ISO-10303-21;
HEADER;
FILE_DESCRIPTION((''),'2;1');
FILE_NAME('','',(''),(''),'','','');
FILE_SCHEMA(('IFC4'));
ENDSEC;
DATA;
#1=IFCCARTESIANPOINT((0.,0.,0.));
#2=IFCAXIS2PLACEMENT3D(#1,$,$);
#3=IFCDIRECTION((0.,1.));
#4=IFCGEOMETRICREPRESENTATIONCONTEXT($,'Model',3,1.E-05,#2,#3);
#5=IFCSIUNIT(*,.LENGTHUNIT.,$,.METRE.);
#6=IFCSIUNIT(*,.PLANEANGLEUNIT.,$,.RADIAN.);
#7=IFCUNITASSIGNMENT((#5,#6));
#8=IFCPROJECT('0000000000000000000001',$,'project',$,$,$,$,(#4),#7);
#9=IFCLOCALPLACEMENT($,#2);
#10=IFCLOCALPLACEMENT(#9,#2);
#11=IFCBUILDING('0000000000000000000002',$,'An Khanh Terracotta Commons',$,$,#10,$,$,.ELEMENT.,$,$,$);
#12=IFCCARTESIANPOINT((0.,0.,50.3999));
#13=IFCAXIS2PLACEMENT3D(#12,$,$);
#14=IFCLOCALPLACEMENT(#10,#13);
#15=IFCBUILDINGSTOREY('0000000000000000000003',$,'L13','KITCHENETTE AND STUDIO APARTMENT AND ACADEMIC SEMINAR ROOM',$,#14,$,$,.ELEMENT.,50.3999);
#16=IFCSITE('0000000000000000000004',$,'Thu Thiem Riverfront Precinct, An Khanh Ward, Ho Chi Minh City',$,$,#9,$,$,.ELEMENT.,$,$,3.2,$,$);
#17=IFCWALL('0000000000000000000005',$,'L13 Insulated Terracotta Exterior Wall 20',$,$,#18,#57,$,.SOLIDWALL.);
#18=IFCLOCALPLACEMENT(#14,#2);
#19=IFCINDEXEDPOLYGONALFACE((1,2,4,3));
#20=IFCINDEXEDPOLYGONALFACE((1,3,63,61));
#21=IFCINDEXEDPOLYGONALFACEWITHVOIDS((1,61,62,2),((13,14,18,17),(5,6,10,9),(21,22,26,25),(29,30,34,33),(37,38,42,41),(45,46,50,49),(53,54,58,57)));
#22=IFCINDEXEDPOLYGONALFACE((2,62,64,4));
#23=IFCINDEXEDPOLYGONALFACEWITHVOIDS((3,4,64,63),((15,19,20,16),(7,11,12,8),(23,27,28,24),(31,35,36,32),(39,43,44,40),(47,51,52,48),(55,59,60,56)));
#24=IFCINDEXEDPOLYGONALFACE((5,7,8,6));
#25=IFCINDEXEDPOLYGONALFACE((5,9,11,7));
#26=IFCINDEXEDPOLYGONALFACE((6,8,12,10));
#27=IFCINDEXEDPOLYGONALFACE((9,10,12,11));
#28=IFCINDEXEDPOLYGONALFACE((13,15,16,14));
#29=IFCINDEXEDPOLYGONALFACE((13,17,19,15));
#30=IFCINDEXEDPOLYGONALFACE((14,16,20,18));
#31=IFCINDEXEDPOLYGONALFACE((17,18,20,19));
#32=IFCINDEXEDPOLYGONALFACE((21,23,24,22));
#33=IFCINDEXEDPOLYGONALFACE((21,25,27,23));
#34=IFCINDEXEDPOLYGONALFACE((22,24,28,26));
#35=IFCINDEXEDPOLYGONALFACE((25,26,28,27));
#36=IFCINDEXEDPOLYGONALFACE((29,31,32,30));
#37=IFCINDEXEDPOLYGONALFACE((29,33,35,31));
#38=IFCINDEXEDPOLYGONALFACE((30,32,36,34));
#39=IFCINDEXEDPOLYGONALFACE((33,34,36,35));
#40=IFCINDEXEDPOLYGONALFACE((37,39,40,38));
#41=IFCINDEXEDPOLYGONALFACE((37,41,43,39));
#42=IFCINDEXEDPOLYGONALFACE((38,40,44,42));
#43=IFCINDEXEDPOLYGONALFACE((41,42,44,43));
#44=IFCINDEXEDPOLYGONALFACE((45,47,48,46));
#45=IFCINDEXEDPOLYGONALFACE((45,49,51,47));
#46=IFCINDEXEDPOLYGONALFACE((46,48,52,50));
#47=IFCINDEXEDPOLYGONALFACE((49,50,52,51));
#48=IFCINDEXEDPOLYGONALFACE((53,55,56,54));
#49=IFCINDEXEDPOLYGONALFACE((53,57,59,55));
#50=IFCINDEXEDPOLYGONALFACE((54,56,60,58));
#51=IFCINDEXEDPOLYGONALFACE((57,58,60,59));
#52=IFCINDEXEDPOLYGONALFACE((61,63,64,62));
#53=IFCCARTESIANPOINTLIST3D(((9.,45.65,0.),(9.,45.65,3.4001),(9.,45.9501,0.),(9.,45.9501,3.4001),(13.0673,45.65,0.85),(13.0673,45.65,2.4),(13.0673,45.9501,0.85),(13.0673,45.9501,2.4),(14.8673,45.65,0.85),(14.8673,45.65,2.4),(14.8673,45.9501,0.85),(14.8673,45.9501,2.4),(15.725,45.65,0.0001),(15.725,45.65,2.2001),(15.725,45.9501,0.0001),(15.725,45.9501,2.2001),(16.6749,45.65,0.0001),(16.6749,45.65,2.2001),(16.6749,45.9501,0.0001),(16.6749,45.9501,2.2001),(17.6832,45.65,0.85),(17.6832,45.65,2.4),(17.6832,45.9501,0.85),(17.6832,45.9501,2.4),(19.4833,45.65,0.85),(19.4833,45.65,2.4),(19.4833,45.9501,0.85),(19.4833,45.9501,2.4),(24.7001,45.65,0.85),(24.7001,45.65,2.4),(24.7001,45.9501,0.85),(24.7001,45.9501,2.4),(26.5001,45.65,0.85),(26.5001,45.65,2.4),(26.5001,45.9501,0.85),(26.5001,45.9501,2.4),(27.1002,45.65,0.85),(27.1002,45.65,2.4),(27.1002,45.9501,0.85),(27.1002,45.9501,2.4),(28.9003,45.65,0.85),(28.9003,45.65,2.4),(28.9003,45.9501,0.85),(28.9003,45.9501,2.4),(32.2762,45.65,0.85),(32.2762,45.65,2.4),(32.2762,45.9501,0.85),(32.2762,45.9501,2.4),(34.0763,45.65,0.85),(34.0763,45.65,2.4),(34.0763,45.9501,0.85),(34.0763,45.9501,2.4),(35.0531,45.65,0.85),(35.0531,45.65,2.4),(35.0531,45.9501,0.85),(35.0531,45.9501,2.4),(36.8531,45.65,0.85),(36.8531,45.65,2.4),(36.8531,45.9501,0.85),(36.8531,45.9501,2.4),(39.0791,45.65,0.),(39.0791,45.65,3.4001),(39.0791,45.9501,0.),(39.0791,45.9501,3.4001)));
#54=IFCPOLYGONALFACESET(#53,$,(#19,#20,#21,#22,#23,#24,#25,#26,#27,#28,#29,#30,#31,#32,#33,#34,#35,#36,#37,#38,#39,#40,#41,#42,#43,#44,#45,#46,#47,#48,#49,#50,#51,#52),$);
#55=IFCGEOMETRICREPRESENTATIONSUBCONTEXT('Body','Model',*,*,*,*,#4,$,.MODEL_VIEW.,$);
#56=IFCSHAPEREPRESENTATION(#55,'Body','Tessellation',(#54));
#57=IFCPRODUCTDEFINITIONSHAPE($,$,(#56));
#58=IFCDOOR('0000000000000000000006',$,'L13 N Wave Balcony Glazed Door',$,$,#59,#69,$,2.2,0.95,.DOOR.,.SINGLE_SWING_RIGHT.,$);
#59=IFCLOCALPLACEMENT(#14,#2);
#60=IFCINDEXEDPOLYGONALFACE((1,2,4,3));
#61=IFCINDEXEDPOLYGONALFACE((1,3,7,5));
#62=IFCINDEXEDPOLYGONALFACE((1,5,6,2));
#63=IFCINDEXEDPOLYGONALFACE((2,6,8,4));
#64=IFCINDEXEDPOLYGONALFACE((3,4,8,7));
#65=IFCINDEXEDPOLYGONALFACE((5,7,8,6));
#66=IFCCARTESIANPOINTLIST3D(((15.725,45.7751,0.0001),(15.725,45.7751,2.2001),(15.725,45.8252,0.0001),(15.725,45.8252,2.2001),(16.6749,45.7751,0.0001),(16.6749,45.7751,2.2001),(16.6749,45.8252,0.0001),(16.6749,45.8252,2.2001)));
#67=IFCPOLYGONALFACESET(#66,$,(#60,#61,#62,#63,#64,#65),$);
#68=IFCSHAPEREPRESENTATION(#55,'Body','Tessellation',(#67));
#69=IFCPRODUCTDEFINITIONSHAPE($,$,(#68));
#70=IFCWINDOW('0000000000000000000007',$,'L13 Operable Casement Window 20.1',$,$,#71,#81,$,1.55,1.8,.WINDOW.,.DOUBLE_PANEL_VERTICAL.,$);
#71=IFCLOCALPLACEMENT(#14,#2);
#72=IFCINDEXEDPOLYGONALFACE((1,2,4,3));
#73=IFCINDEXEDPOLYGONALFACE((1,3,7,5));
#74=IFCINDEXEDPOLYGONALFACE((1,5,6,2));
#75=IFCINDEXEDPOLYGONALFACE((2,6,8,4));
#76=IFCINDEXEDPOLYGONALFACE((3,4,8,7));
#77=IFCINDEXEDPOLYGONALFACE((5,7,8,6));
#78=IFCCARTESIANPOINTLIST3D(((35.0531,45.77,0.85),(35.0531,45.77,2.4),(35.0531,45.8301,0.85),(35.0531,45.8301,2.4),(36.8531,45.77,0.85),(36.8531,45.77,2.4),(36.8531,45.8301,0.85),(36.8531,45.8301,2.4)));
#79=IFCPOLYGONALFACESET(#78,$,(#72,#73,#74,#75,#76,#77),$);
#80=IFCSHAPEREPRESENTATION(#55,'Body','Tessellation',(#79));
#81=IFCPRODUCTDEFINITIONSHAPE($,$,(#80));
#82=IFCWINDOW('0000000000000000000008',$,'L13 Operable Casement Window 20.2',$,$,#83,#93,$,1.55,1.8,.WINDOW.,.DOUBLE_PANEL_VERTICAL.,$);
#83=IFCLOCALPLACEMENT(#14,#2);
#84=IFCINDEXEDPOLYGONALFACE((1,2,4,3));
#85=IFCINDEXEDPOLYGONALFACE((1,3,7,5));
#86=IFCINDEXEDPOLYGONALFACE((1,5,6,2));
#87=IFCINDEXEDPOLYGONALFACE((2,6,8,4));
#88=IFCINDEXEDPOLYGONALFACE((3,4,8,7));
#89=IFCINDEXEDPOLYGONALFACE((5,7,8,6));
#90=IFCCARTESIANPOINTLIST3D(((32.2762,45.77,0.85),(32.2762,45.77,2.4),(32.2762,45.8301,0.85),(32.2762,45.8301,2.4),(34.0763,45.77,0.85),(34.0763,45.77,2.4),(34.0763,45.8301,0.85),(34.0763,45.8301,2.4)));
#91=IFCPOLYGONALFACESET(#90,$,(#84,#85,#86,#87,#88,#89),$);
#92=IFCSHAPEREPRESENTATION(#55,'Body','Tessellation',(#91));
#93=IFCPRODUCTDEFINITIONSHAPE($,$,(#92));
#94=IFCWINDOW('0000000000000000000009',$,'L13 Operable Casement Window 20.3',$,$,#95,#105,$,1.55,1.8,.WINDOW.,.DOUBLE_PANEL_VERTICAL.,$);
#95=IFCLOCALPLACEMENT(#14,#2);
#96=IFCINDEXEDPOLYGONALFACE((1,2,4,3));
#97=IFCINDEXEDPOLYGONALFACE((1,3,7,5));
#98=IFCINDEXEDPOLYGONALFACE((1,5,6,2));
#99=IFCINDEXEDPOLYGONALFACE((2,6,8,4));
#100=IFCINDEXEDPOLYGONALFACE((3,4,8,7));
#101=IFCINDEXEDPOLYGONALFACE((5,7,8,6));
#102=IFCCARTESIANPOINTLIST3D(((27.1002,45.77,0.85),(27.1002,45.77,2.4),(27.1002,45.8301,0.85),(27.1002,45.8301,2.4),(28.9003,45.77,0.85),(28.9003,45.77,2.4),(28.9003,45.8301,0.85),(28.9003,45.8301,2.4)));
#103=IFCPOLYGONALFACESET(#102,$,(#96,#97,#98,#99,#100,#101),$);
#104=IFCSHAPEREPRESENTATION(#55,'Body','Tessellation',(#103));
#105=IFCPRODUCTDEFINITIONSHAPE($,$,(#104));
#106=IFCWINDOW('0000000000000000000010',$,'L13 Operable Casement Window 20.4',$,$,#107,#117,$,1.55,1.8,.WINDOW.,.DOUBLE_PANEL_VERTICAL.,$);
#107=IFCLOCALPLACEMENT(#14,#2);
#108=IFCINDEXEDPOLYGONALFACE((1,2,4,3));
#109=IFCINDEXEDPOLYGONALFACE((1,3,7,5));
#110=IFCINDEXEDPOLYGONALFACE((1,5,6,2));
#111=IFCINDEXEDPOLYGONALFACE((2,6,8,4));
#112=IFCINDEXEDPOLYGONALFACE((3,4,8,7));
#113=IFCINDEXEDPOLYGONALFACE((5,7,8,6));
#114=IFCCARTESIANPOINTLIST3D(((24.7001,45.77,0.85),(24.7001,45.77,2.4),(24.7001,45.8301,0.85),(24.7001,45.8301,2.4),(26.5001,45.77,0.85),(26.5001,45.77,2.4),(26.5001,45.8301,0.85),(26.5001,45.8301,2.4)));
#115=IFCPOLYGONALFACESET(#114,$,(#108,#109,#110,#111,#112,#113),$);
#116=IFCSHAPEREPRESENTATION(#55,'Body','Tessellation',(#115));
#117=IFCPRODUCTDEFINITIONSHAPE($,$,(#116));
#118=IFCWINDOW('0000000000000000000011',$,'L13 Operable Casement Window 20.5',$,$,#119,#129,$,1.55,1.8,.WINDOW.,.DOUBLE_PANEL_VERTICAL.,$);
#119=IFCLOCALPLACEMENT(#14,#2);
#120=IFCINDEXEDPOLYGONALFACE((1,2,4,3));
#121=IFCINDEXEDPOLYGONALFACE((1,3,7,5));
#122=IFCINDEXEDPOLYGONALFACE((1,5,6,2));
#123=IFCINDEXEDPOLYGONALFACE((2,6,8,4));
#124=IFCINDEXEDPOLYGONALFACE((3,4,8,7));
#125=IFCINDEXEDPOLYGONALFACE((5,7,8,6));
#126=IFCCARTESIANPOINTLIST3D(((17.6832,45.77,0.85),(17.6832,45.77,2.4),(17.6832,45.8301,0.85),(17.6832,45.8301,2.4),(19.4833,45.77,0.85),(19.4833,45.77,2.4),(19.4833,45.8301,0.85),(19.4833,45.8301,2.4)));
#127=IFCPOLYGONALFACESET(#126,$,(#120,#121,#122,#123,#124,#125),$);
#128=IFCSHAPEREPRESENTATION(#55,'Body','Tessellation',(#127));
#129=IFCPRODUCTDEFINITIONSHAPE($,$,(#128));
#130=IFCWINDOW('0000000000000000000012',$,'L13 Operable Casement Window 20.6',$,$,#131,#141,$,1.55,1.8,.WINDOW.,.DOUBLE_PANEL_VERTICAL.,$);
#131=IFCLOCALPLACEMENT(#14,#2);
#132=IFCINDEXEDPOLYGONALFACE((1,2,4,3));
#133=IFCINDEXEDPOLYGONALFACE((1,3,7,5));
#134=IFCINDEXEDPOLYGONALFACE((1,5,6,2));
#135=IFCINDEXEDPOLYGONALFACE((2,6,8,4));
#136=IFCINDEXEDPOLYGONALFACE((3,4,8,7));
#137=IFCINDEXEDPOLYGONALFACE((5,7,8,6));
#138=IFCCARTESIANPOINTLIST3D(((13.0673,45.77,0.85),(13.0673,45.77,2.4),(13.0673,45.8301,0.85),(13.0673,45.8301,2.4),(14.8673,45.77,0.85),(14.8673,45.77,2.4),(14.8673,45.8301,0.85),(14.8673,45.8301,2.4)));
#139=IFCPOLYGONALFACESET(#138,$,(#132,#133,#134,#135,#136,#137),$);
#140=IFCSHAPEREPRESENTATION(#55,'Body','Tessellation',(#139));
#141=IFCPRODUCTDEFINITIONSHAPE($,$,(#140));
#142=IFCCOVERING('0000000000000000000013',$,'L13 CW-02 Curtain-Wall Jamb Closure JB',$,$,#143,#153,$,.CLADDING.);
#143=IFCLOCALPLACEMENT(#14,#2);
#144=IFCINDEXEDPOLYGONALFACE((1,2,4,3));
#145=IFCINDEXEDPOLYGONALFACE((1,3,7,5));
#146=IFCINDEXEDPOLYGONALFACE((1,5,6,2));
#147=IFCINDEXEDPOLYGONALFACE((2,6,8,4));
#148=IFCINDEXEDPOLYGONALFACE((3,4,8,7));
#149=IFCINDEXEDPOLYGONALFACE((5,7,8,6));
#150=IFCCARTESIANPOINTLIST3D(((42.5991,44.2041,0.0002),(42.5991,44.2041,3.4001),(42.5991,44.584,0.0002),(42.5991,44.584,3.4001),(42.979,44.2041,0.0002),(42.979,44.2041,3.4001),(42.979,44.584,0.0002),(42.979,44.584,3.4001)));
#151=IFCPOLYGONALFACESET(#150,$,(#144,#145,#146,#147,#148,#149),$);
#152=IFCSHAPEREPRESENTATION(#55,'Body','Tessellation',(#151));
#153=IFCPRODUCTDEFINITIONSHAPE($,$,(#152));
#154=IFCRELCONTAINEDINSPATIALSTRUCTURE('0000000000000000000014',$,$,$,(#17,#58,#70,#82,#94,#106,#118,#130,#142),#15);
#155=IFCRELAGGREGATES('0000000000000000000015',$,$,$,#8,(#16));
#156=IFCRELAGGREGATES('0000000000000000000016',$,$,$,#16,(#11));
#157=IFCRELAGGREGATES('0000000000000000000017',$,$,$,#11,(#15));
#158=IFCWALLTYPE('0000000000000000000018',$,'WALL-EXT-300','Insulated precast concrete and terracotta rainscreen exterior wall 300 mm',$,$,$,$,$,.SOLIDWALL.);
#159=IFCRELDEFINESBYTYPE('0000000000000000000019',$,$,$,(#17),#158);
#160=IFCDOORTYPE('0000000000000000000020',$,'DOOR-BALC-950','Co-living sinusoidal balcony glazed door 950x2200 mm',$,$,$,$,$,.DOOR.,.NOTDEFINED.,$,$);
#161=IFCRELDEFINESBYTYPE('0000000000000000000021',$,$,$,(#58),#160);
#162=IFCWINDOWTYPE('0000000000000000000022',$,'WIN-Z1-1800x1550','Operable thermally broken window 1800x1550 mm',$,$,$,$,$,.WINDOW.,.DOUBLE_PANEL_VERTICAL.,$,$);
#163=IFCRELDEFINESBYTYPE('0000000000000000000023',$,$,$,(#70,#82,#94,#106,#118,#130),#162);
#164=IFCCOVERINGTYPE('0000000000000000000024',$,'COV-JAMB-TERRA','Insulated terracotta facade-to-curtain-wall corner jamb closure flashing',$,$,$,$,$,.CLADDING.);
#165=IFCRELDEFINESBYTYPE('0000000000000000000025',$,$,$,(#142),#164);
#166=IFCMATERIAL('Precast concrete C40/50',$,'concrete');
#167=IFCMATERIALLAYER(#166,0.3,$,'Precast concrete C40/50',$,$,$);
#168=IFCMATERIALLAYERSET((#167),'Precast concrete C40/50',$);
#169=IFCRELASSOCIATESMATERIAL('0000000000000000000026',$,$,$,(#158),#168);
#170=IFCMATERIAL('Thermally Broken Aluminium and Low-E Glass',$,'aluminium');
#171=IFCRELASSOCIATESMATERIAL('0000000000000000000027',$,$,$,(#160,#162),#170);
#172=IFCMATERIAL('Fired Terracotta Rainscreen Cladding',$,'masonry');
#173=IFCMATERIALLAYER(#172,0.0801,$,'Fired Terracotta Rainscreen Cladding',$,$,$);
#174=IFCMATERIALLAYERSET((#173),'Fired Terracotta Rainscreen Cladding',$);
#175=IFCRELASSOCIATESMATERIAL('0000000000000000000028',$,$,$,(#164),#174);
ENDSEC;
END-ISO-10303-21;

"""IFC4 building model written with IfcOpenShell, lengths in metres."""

from ifc_helpers import new_model, si_unit, direction, frame, frame_2d, origin, origin_2d, place, context, subcontext, project, spatial, rectangle, extrude, material, layer, layer_set, type_object, element, fill, save


model = new_model("IFC4")

# Units and contexts
model_context = context("Model", 3, precision=1e-05, world=origin(), true_north=direction((0.0, 1.0)))
body_context = subcontext(model_context, "Body", "Model", "MODEL_VIEW")
ifc_project = project(units=[si_unit("LENGTHUNIT", "METRE"), si_unit("PLANEANGLEUNIT", "RADIAN")], contexts=[model_context])

# Site, building, storey
site_placement = place(None, origin())
site = spatial("IfcSite", under=ifc_project, at=site_placement, Name="Thu Thiem Riverfront Precinct, An Khanh Ward, Ho Chi Minh City", CompositionType="ELEMENT", RefElevation=3.2)
building_placement = place(site_placement, origin())
building = spatial("IfcBuilding", under=site, at=building_placement, Name="An Khanh Terracotta Commons", CompositionType="ELEMENT")
storey_placement = place(building_placement, frame((0.0, 0.0, 50.3999)))
storey = spatial("IfcBuildingStorey", under=building, at=storey_placement, Name="L13", Description="KITCHENETTE AND STUDIO APARTMENT AND ACADEMIC SEMINAR ROOM", CompositionType="ELEMENT", Elevation=50.3999)

# Shared definitions
ifc_material_1 = material(Name="Precast concrete C40/50", Category="concrete")
ifc_layer_1 = layer(ifc_material_1, 0.3, Name="Precast concrete C40/50")
ifc_layer_set_1 = layer_set([ifc_layer_1], Name="Precast concrete C40/50")
wall_type = type_object("IfcWallType", Name="WALL-EXT-300", Description="Insulated precast concrete and terracotta rainscreen exterior wall 300 mm", PredefinedType="SOLIDWALL", material=ifc_layer_set_1)

# Wall, openings, door, windows
wall_1_placement = place(storey_placement, frame((39.0791, 45.8, 0.0), z_axis=(0.0, 0.0, 1.0), x_axis=(-1.0, 0.0, 0.0)))
wall_1 = element("IfcWall", 1, at=wall_1_placement, inside=storey, type_object=wall_type, Name="L13 Insulated Terracotta Exterior Wall 20", PredefinedType="SOLIDWALL", context=body_context, shape_type="SweptSolid", body=[
    extrude(rectangle(XDim=30.0791, YDim=0.3, at=frame_2d((15.0396, 0.0))), origin(), (0.0, 0.0, 1.0), 3.4001),
])
opening_1_placement = place(wall_1_placement, frame((22.4041, 0.0, 0.0)))
opening_1 = element("IfcOpeningElement", 2, at=opening_1_placement, cuts=wall_1, PredefinedType="OPENING", context=body_context, shape_type="SweptSolid", body=[
    extrude(rectangle(XDim=0.95, YDim=2.2, at=frame_2d((0.4751, 1.1001))), frame((0.0, 0.1599, 0.0), z_axis=(0.0, -1.0, 0.0), x_axis=(1.0, 0.0, 0.0)), (0.0, 0.0, 1.0), 0.3201),
])
opening_2_placement = place(wall_1_placement, frame((2.2261, 0.0, 0.8501)))
opening_2 = element("IfcOpeningElement", 3, at=opening_2_placement, cuts=wall_1, PredefinedType="OPENING", context=body_context, shape_type="SweptSolid", body=[
    extrude(rectangle(XDim=1.8, YDim=1.55, at=frame_2d((0.8999, 0.7749))), frame((0.0, 0.1599, 0.0), z_axis=(0.0, -1.0, 0.0), x_axis=(1.0, 0.0, 0.0)), (0.0, 0.0, 1.0), 0.3201),
])
opening_3_placement = place(wall_1_placement, frame((5.0029, 0.0, 0.8501)))
opening_3 = element("IfcOpeningElement", 4, at=opening_3_placement, cuts=wall_1, PredefinedType="OPENING", context=body_context, shape_type="SweptSolid", body=[
    extrude(rectangle(XDim=1.8, YDim=1.55, at=frame_2d((0.8999, 0.7749))), frame((0.0, 0.1599, 0.0), z_axis=(0.0, -1.0, 0.0), x_axis=(1.0, 0.0, 0.0)), (0.0, 0.0, 1.0), 0.3201),
])
opening_4_placement = place(wall_1_placement, frame((10.179, 0.0, 0.8501)))
opening_4 = element("IfcOpeningElement", 5, at=opening_4_placement, cuts=wall_1, PredefinedType="OPENING", context=body_context, shape_type="SweptSolid", body=[
    extrude(rectangle(XDim=1.8, YDim=1.55, at=frame_2d((0.8999, 0.7749))), frame((0.0, 0.1599, 0.0), z_axis=(0.0, -1.0, 0.0), x_axis=(1.0, 0.0, 0.0)), (0.0, 0.0, 1.0), 0.3201),
])
opening_5_placement = place(wall_1_placement, frame((12.5791, 0.0, 0.8501)))
opening_5 = element("IfcOpeningElement", 6, at=opening_5_placement, cuts=wall_1, PredefinedType="OPENING", context=body_context, shape_type="SweptSolid", body=[
    extrude(rectangle(XDim=1.8, YDim=1.55, at=frame_2d((0.8999, 0.7749))), frame((0.0, 0.1599, 0.0), z_axis=(0.0, -1.0, 0.0), x_axis=(1.0, 0.0, 0.0)), (0.0, 0.0, 1.0), 0.3201),
])
opening_6_placement = place(wall_1_placement, frame((19.5959, 0.0, 0.8501)))
opening_6 = element("IfcOpeningElement", 7, at=opening_6_placement, cuts=wall_1, PredefinedType="OPENING", context=body_context, shape_type="SweptSolid", body=[
    extrude(rectangle(XDim=1.8, YDim=1.55, at=frame_2d((0.8999, 0.7749))), frame((0.0, 0.1599, 0.0), z_axis=(0.0, -1.0, 0.0), x_axis=(1.0, 0.0, 0.0)), (0.0, 0.0, 1.0), 0.3201),
])
opening_7_placement = place(wall_1_placement, frame((24.2119, 0.0, 0.8501)))
opening_7 = element("IfcOpeningElement", 8, at=opening_7_placement, cuts=wall_1, PredefinedType="OPENING", context=body_context, shape_type="SweptSolid", body=[
    extrude(rectangle(XDim=1.8, YDim=1.55, at=frame_2d((0.8999, 0.7749))), frame((0.0, 0.1599, 0.0), z_axis=(0.0, -1.0, 0.0), x_axis=(1.0, 0.0, 0.0)), (0.0, 0.0, 1.0), 0.3201),
])
ifc_material_2 = material(Name="Thermally Broken Aluminium and Low-E Glass", Category="aluminium")
door_type = type_object("IfcDoorType", Name="DOOR-BALC-950", Description="Co-living sinusoidal balcony glazed door 950x2200 mm", OperationType="NOTDEFINED", PredefinedType="DOOR", material=ifc_material_2)
door_placement = place(opening_1_placement, origin())
door = element("IfcDoor", 9, at=door_placement, inside=storey, type_object=door_type, Name="L13 N Wave Balcony Glazed Door", OperationType="SINGLE_SWING_RIGHT", OverallHeight=2.2, OverallWidth=0.95, PredefinedType="DOOR", context=body_context, shape_type="SweptSolid", body=[
    extrude(rectangle(XDim=0.95, YDim=2.2, at=frame_2d((0.4751, 1.1001))), frame((0.0, 0.0249, 0.0), z_axis=(0.0, -1.0, 0.0), x_axis=(1.0, 0.0, 0.0)), (0.0, 0.0, 1.0), 0.05),
])
fill(opening_1, door)
window_type = type_object("IfcWindowType", Name="WIN-Z1-1800x1550", Description="Operable thermally broken window 1800x1550 mm", PartitioningType="DOUBLE_PANEL_VERTICAL", PredefinedType="WINDOW", material=ifc_material_2)
window_1_placement = place(opening_2_placement, origin())
window_1 = element("IfcWindow", 10, at=window_1_placement, inside=storey, type_object=window_type, Name="L13 Operable Casement Window 20.1", OverallHeight=1.55, OverallWidth=1.8, PartitioningType="DOUBLE_PANEL_VERTICAL", PredefinedType="WINDOW", context=body_context, shape_type="SweptSolid", body=[
    extrude(rectangle(XDim=1.8, YDim=1.55, at=frame_2d((0.8999, 0.7749))), frame((0.0, 0.03, 0.0), z_axis=(0.0, -1.0, 0.0), x_axis=(1.0, 0.0, 0.0)), (0.0, 0.0, 1.0), 0.0601),
])
fill(opening_2, window_1)
window_2_placement = place(opening_3_placement, origin())
window_2 = element("IfcWindow", 11, at=window_2_placement, inside=storey, type_object=window_type, Name="L13 Operable Casement Window 20.2", OverallHeight=1.55, OverallWidth=1.8, PartitioningType="DOUBLE_PANEL_VERTICAL", PredefinedType="WINDOW", context=body_context, shape_type="SweptSolid", body=[
    extrude(rectangle(XDim=1.8, YDim=1.55, at=frame_2d((0.8999, 0.7749))), frame((0.0, 0.03, 0.0), z_axis=(0.0, -1.0, 0.0), x_axis=(1.0, 0.0, 0.0)), (0.0, 0.0, 1.0), 0.0601),
])
fill(opening_3, window_2)
window_3_placement = place(opening_4_placement, origin())
window_3 = element("IfcWindow", 12, at=window_3_placement, inside=storey, type_object=window_type, Name="L13 Operable Casement Window 20.3", OverallHeight=1.55, OverallWidth=1.8, PartitioningType="DOUBLE_PANEL_VERTICAL", PredefinedType="WINDOW", context=body_context, shape_type="SweptSolid", body=[
    extrude(rectangle(XDim=1.8, YDim=1.55, at=frame_2d((0.8999, 0.7749))), frame((0.0, 0.03, 0.0), z_axis=(0.0, -1.0, 0.0), x_axis=(1.0, 0.0, 0.0)), (0.0, 0.0, 1.0), 0.0601),
])
fill(opening_4, window_3)
window_4_placement = place(opening_5_placement, origin())
window_4 = element("IfcWindow", 13, at=window_4_placement, inside=storey, type_object=window_type, Name="L13 Operable Casement Window 20.4", OverallHeight=1.55, OverallWidth=1.8, PartitioningType="DOUBLE_PANEL_VERTICAL", PredefinedType="WINDOW", context=body_context, shape_type="SweptSolid", body=[
    extrude(rectangle(XDim=1.8, YDim=1.55, at=frame_2d((0.8999, 0.7749))), frame((0.0, 0.03, 0.0), z_axis=(0.0, -1.0, 0.0), x_axis=(1.0, 0.0, 0.0)), (0.0, 0.0, 1.0), 0.0601),
])
fill(opening_5, window_4)
window_5_placement = place(opening_6_placement, origin())
window_5 = element("IfcWindow", 14, at=window_5_placement, inside=storey, type_object=window_type, Name="L13 Operable Casement Window 20.5", OverallHeight=1.55, OverallWidth=1.8, PartitioningType="DOUBLE_PANEL_VERTICAL", PredefinedType="WINDOW", context=body_context, shape_type="SweptSolid", body=[
    extrude(rectangle(XDim=1.8, YDim=1.55, at=frame_2d((0.8999, 0.7749))), frame((0.0, 0.03, 0.0), z_axis=(0.0, -1.0, 0.0), x_axis=(1.0, 0.0, 0.0)), (0.0, 0.0, 1.0), 0.0601),
])
fill(opening_6, window_5)
window_6_placement = place(opening_7_placement, origin())
window_6 = element("IfcWindow", 15, at=window_6_placement, inside=storey, type_object=window_type, Name="L13 Operable Casement Window 20.6", OverallHeight=1.55, OverallWidth=1.8, PartitioningType="DOUBLE_PANEL_VERTICAL", PredefinedType="WINDOW", context=body_context, shape_type="SweptSolid", body=[
    extrude(rectangle(XDim=1.8, YDim=1.55, at=frame_2d((0.8999, 0.7749))), frame((0.0, 0.03, 0.0), z_axis=(0.0, -1.0, 0.0), x_axis=(1.0, 0.0, 0.0)), (0.0, 0.0, 1.0), 0.0601),
])
fill(opening_7, window_6)

# Covering
ifc_material_3 = material(Name="Fired Terracotta Rainscreen Cladding", Category="masonry")
ifc_layer_2 = layer(ifc_material_3, 0.0801, Name="Fired Terracotta Rainscreen Cladding")
ifc_layer_set_2 = layer_set([ifc_layer_2], Name="Fired Terracotta Rainscreen Cladding")
covering_type = type_object("IfcCoveringType", Name="COV-JAMB-TERRA", Description="Insulated terracotta facade-to-curtain-wall corner jamb closure flashing", PredefinedType="CLADDING", material=ifc_layer_set_2)
covering_placement = place(storey_placement, frame((42.7891, 44.394, 0.0002), z_axis=(0.0, 0.0, 1.0), x_axis=(1.0, 0.0, 0.0)))
element("IfcCovering", 16, at=covering_placement, inside=storey, type_object=covering_type, Name="L13 CW-02 Curtain-Wall Jamb Closure JB", PredefinedType="CLADDING", context=body_context, shape_type="SweptSolid", body=[
    extrude(rectangle(XDim=0.3799, YDim=0.3799, at=origin_2d()), origin(), (0.0, 0.0, 1.0), 3.3999),
])

save(model, "model.ifc")
